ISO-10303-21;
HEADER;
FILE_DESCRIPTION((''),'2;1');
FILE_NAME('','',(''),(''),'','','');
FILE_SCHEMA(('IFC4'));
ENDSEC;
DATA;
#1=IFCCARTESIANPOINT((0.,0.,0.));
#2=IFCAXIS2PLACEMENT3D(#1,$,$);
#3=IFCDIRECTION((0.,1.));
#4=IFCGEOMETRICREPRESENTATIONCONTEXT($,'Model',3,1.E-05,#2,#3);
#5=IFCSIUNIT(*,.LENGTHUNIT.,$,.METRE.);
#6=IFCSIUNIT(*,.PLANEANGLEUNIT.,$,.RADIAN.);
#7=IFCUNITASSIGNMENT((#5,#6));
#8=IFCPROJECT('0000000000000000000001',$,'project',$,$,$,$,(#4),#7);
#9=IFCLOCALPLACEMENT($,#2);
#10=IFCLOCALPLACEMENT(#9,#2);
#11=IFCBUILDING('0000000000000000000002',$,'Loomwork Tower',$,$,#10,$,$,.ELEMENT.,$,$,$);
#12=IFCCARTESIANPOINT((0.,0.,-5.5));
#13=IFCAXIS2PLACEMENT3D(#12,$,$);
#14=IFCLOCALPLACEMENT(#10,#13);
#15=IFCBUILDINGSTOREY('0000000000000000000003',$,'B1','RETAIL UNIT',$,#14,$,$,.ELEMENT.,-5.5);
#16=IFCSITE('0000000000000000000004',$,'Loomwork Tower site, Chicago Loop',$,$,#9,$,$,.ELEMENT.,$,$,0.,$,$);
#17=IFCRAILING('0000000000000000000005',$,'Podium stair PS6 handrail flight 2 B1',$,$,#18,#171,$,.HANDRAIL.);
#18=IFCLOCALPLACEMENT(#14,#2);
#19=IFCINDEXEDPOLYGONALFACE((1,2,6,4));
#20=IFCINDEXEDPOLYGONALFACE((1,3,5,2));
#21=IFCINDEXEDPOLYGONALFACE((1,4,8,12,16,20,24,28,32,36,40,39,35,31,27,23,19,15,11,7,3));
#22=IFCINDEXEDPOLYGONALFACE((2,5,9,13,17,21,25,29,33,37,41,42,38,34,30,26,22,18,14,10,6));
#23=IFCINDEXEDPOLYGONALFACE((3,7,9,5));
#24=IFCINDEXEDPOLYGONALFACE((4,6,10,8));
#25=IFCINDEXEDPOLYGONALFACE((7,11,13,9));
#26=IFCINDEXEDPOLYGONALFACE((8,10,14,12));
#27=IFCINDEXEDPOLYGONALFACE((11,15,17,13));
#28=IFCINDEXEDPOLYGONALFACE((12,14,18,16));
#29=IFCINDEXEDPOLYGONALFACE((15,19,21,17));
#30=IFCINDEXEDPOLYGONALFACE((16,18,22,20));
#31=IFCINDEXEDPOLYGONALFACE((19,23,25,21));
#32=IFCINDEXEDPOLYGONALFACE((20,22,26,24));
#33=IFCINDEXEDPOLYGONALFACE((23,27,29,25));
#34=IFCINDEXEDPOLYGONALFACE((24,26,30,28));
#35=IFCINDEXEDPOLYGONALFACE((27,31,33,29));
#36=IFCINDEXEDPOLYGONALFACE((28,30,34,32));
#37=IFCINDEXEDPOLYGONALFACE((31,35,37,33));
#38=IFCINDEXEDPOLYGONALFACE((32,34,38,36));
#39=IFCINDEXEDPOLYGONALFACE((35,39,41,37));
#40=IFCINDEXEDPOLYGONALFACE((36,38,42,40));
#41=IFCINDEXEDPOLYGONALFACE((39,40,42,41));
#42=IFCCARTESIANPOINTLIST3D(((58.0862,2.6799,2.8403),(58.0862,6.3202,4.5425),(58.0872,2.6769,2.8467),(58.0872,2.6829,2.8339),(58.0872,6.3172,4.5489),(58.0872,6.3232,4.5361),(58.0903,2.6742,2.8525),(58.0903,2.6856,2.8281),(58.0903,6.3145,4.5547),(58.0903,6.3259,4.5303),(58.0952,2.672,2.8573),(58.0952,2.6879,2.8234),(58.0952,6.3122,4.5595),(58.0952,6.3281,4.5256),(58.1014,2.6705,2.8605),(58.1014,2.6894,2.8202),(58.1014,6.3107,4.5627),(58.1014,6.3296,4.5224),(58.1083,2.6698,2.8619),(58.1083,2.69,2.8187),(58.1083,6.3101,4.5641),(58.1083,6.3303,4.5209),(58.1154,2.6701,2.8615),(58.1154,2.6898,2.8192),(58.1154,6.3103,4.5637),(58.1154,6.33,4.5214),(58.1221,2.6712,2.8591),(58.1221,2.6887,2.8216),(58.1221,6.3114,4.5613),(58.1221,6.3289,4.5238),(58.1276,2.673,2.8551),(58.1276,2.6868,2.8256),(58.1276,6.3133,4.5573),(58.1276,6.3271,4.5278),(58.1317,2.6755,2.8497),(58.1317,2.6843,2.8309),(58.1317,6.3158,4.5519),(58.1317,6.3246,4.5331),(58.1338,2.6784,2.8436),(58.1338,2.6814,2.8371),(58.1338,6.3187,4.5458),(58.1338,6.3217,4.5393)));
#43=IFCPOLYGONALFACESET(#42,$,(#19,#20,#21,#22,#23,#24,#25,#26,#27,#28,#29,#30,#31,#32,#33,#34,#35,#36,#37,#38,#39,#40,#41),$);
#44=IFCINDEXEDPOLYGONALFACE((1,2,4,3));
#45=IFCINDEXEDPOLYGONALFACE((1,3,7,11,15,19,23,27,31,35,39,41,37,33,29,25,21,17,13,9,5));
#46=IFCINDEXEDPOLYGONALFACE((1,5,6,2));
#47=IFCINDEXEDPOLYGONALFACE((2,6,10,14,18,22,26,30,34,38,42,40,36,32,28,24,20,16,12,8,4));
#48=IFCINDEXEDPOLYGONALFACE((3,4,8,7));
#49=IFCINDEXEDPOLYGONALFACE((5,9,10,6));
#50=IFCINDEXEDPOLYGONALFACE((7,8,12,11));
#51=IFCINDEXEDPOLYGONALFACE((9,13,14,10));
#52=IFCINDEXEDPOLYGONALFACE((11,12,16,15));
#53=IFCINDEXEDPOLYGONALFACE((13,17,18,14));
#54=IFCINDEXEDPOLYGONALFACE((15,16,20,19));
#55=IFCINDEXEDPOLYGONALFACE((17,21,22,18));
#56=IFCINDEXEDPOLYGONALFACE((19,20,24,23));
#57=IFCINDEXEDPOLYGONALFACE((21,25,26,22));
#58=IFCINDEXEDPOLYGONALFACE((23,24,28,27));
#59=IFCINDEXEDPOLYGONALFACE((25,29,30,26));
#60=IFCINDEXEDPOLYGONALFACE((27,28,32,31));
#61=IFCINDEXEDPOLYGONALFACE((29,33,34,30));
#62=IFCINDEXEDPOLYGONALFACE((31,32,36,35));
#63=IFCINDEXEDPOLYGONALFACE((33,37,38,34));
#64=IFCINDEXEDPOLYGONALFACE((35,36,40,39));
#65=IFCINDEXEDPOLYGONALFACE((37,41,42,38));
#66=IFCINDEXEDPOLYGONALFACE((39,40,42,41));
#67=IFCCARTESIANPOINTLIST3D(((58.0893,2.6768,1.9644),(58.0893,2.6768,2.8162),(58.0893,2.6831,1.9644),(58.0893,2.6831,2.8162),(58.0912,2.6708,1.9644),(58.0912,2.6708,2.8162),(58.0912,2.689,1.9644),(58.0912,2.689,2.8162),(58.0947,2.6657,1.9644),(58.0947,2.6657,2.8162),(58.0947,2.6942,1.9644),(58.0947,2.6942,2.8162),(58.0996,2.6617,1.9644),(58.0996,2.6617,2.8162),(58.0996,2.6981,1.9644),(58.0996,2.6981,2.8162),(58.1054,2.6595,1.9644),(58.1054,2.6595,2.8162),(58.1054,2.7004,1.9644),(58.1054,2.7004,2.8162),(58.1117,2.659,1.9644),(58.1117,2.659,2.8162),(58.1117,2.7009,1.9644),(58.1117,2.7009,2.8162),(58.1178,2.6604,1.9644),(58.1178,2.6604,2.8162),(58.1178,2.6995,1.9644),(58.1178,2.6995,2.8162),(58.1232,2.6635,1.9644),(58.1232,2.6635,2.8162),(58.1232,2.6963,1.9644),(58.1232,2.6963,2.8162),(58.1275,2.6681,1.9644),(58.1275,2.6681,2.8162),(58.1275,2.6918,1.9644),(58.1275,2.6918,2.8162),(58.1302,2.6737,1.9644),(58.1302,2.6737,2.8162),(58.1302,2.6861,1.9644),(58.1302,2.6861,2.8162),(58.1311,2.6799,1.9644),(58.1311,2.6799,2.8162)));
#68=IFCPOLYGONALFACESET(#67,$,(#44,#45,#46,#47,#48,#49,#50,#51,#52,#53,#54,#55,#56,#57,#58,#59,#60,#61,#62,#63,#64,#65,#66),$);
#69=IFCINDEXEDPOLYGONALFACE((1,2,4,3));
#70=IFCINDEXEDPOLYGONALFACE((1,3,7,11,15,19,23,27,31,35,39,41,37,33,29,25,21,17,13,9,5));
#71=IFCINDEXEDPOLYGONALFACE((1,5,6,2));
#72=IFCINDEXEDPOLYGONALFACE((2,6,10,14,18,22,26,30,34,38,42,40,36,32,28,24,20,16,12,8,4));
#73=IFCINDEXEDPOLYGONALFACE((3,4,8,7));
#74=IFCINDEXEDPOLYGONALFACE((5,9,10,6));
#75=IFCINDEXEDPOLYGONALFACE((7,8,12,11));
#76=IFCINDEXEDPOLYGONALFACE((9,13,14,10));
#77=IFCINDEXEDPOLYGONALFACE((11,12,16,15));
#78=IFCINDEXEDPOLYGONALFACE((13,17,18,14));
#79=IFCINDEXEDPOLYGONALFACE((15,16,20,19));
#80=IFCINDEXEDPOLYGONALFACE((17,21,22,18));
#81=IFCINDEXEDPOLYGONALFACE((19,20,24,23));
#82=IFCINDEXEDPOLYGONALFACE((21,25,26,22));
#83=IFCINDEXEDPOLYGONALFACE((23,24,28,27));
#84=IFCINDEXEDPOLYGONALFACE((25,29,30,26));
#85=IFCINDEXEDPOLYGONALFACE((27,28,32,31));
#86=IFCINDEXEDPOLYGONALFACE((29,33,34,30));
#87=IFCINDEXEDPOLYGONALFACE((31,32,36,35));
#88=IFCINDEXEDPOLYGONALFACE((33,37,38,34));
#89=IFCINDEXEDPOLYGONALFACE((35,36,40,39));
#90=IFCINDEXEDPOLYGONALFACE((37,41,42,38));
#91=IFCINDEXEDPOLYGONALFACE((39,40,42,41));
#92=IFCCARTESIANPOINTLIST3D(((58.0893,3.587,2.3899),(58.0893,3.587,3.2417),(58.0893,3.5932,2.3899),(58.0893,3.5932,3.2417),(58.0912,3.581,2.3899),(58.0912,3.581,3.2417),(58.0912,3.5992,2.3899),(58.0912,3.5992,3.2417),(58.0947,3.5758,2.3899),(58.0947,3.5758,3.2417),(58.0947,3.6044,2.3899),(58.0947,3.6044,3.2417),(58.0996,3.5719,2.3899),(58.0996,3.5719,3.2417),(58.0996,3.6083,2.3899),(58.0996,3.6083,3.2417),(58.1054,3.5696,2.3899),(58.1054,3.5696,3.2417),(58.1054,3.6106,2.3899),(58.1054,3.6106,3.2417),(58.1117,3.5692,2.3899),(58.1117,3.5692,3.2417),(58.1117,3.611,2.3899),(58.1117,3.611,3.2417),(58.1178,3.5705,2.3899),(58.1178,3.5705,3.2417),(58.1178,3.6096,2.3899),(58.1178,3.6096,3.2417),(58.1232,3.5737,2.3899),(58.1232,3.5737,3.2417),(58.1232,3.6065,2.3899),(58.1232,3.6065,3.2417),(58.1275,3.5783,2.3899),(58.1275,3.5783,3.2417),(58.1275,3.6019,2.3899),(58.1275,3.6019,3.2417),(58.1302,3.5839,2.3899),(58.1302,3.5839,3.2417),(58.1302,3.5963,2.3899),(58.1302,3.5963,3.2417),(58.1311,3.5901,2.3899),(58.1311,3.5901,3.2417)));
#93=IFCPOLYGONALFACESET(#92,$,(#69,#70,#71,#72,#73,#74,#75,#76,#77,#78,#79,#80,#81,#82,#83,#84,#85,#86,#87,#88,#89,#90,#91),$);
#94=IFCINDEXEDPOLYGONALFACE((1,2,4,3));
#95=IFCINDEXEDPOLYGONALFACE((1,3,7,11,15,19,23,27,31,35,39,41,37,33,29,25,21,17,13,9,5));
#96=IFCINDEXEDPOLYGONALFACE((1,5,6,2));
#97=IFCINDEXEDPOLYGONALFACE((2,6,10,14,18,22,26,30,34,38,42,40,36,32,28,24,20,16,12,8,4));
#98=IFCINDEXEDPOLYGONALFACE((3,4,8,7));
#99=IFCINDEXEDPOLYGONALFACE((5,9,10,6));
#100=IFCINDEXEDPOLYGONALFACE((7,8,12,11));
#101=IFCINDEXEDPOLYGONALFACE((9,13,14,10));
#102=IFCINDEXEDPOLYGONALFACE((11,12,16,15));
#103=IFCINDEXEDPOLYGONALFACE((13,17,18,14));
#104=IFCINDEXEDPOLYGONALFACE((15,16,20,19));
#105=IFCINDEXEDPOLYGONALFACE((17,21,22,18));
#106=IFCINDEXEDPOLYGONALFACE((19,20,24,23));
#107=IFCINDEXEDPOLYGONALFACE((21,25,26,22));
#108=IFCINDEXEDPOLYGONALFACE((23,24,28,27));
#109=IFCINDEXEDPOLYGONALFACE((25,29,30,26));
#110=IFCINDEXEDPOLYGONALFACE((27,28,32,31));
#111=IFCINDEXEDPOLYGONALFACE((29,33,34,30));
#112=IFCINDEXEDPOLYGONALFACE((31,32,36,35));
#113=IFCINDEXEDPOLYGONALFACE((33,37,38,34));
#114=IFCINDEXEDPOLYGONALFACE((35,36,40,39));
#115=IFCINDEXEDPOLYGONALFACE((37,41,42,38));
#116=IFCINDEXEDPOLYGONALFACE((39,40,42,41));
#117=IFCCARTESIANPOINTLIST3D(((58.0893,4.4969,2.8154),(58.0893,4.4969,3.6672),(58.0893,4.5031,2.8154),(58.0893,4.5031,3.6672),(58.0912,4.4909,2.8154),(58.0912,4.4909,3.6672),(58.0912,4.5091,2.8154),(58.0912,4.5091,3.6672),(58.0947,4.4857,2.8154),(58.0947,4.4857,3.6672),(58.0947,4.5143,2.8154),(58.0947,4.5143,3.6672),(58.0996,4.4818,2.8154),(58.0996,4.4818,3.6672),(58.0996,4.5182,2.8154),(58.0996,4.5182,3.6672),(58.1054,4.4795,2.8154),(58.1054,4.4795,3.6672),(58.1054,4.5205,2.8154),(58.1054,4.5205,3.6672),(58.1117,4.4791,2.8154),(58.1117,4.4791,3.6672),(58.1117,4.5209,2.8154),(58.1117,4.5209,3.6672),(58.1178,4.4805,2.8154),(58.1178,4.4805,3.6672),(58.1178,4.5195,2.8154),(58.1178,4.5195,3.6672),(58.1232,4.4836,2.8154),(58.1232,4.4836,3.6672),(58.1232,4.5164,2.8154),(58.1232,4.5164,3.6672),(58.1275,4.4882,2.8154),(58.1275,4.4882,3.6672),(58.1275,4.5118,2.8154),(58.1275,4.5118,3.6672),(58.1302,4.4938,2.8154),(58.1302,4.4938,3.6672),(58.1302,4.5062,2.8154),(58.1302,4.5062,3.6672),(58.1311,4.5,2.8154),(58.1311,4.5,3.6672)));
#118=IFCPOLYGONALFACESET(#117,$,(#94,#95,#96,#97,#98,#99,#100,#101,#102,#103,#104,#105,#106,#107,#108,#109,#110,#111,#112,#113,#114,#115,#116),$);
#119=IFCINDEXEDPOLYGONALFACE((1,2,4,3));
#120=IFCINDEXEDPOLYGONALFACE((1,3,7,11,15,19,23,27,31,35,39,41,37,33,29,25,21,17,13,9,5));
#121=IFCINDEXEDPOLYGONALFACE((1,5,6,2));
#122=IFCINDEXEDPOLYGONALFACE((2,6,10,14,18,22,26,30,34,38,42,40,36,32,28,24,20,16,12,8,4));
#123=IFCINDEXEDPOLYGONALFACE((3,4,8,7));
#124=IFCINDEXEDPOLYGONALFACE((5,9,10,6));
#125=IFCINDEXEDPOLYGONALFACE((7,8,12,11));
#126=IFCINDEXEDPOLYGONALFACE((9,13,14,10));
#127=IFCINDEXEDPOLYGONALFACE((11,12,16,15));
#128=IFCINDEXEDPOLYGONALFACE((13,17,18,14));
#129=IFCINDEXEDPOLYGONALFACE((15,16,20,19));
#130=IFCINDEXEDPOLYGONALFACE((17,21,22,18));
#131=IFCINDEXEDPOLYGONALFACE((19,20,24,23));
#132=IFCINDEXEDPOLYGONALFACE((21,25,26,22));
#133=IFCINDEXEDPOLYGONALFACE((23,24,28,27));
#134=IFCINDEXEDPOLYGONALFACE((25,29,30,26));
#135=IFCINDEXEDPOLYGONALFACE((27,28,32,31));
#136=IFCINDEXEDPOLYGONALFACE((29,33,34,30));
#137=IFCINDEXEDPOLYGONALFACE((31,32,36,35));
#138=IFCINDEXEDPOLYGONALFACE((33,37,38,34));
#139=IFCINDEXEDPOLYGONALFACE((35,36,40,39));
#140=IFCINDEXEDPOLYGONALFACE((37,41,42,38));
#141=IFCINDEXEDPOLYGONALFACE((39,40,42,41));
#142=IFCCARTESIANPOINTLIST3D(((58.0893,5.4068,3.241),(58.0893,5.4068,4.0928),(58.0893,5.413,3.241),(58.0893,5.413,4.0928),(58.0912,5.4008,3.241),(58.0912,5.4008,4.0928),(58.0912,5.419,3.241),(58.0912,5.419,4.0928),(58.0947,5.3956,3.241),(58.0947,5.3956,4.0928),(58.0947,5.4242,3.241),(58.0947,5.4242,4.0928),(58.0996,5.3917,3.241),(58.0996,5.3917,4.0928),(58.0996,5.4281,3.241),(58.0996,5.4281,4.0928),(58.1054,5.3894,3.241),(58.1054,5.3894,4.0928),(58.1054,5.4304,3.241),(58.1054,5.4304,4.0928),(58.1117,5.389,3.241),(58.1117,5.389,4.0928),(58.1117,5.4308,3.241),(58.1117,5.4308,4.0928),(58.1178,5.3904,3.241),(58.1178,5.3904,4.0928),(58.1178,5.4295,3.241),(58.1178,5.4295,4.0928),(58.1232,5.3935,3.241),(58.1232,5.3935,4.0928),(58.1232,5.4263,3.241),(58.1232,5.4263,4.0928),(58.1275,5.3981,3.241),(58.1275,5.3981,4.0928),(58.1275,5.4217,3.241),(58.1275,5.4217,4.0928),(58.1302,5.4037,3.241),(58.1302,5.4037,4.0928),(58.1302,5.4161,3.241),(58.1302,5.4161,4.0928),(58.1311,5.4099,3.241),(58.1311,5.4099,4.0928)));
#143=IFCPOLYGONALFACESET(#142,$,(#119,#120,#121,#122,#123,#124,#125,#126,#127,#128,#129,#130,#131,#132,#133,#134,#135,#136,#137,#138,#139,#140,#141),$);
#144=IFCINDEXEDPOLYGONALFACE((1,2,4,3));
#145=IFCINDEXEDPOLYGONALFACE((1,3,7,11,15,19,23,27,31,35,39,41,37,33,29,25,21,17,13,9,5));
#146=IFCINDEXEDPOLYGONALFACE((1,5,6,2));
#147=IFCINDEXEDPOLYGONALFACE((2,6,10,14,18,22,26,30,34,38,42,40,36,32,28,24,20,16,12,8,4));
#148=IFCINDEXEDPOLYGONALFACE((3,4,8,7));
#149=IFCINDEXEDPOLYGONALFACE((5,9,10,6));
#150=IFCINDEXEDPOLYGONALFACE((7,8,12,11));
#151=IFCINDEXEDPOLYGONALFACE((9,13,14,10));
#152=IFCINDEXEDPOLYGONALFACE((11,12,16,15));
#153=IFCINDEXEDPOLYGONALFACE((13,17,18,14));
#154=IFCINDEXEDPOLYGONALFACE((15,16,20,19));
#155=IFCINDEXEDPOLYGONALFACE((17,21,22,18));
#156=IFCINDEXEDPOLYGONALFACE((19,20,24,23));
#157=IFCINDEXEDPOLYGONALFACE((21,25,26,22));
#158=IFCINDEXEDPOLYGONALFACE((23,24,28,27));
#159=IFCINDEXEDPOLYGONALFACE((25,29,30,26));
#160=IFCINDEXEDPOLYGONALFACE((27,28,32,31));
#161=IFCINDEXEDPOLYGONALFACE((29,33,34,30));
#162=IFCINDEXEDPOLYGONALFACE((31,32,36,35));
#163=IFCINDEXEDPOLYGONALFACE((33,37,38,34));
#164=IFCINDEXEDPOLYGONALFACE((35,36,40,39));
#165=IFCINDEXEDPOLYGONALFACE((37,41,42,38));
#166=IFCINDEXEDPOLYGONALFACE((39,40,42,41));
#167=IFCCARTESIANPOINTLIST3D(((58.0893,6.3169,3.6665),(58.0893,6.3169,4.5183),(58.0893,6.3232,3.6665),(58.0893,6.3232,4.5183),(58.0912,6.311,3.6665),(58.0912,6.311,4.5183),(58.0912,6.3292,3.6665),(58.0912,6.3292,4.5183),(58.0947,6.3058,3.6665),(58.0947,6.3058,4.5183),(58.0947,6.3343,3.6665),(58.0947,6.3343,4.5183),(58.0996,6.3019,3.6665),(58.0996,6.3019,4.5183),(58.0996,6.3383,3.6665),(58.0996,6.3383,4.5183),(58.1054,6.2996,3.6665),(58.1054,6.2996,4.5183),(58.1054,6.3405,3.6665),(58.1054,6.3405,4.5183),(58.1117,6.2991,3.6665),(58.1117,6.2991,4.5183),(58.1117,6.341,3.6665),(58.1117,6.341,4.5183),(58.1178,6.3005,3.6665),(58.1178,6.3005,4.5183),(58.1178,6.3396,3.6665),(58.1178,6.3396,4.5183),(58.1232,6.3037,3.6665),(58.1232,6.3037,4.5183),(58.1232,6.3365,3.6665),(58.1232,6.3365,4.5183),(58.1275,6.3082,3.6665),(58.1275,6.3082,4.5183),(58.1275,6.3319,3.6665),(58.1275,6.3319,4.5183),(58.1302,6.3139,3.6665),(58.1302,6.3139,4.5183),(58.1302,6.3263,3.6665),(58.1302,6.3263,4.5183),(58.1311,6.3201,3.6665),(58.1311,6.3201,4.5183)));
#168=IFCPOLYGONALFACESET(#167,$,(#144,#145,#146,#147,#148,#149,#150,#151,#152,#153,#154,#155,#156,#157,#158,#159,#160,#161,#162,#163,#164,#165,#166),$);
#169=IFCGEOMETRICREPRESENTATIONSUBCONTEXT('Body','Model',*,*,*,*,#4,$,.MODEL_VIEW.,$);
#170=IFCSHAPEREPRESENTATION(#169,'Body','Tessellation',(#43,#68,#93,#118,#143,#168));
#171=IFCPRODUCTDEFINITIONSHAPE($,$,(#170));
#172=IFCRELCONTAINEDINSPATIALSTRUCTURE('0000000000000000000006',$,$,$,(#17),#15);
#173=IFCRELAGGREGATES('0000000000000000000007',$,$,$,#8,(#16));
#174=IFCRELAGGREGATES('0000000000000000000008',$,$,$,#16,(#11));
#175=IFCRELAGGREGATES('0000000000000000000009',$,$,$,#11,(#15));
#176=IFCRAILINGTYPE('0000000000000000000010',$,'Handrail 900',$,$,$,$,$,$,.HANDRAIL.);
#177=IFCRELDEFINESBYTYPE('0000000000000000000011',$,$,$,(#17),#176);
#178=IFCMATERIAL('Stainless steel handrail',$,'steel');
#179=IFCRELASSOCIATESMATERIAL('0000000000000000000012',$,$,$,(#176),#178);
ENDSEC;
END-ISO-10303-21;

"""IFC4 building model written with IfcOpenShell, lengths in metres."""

from ifc_helpers import new_model, si_unit, direction, frame, origin, origin_2d, place, context, subcontext, project, spatial, circle, extrude, material, type_object, element, save


model = new_model("IFC4")

# Units and contexts
model_context = context("Model", 3, precision=1e-05, world=origin(), true_north=direction((0.0, 1.0)))
body_context = subcontext(model_context, "Body", "Model", "MODEL_VIEW")
ifc_project = project(units=[si_unit("LENGTHUNIT", "METRE"), si_unit("PLANEANGLEUNIT", "RADIAN")], contexts=[model_context])

# Site, building, storey
site_placement = place(None, origin())
site = spatial("IfcSite", under=ifc_project, at=site_placement, Name="Loomwork Tower site, Chicago Loop", CompositionType="ELEMENT", RefElevation=0.0)
building_placement = place(site_placement, origin())
building = spatial("IfcBuilding", under=site, at=building_placement, Name="Loomwork Tower", CompositionType="ELEMENT")
storey_placement = place(building_placement, frame((0.0, 0.0, -5.5)))
storey = spatial("IfcBuildingStorey", under=building, at=storey_placement, Name="B1", Description="RETAIL UNIT", CompositionType="ELEMENT", Elevation=-5.5)

# Railing
ifc_material_1 = material(Name="Stainless steel handrail", Category="steel")
railing_type = type_object("IfcRailingType", Name="Handrail 900", PredefinedType="HANDRAIL", material=ifc_material_1)
railing_1_placement = place(storey_placement, frame((58.1101, 2.6799, 1.9644)))
element("IfcRailing", 1, at=railing_1_placement, inside=storey, type_object=railing_type, Name="Podium stair PS6 handrail flight 2 B1", PredefinedType="HANDRAIL", context=body_context, shape_type="SweptSolid", body=[
    extrude(circle(Radius=0.0239, at=origin_2d()), frame((0.0, 0.0, 0.876), z_axis=(0.0, 0.905857, 0.423584), x_axis=(-1.0, 0.0, 0.0)), (0.0, 0.0, 1.0), 4.0186),
    extrude(circle(Radius=0.021, at=origin_2d()), origin(), (0.0, 0.0, 1.0), 0.8518),
    extrude(circle(Radius=0.021, at=origin_2d()), frame((0.0, 0.9102, 0.4255)), (0.0, 0.0, 1.0), 0.8518),
    extrude(circle(Radius=0.021, at=origin_2d()), frame((0.0, 1.8201, 0.8511)), (0.0, 0.0, 1.0), 0.8518),
    extrude(circle(Radius=0.021, at=origin_2d()), frame((0.0, 2.73, 1.2766)), (0.0, 0.0, 1.0), 0.8518),
    extrude(circle(Radius=0.021, at=origin_2d()), frame((0.0, 3.6401, 1.7021)), (0.0, 0.0, 1.0), 0.8518),
])

save(model, "model.ifc")
